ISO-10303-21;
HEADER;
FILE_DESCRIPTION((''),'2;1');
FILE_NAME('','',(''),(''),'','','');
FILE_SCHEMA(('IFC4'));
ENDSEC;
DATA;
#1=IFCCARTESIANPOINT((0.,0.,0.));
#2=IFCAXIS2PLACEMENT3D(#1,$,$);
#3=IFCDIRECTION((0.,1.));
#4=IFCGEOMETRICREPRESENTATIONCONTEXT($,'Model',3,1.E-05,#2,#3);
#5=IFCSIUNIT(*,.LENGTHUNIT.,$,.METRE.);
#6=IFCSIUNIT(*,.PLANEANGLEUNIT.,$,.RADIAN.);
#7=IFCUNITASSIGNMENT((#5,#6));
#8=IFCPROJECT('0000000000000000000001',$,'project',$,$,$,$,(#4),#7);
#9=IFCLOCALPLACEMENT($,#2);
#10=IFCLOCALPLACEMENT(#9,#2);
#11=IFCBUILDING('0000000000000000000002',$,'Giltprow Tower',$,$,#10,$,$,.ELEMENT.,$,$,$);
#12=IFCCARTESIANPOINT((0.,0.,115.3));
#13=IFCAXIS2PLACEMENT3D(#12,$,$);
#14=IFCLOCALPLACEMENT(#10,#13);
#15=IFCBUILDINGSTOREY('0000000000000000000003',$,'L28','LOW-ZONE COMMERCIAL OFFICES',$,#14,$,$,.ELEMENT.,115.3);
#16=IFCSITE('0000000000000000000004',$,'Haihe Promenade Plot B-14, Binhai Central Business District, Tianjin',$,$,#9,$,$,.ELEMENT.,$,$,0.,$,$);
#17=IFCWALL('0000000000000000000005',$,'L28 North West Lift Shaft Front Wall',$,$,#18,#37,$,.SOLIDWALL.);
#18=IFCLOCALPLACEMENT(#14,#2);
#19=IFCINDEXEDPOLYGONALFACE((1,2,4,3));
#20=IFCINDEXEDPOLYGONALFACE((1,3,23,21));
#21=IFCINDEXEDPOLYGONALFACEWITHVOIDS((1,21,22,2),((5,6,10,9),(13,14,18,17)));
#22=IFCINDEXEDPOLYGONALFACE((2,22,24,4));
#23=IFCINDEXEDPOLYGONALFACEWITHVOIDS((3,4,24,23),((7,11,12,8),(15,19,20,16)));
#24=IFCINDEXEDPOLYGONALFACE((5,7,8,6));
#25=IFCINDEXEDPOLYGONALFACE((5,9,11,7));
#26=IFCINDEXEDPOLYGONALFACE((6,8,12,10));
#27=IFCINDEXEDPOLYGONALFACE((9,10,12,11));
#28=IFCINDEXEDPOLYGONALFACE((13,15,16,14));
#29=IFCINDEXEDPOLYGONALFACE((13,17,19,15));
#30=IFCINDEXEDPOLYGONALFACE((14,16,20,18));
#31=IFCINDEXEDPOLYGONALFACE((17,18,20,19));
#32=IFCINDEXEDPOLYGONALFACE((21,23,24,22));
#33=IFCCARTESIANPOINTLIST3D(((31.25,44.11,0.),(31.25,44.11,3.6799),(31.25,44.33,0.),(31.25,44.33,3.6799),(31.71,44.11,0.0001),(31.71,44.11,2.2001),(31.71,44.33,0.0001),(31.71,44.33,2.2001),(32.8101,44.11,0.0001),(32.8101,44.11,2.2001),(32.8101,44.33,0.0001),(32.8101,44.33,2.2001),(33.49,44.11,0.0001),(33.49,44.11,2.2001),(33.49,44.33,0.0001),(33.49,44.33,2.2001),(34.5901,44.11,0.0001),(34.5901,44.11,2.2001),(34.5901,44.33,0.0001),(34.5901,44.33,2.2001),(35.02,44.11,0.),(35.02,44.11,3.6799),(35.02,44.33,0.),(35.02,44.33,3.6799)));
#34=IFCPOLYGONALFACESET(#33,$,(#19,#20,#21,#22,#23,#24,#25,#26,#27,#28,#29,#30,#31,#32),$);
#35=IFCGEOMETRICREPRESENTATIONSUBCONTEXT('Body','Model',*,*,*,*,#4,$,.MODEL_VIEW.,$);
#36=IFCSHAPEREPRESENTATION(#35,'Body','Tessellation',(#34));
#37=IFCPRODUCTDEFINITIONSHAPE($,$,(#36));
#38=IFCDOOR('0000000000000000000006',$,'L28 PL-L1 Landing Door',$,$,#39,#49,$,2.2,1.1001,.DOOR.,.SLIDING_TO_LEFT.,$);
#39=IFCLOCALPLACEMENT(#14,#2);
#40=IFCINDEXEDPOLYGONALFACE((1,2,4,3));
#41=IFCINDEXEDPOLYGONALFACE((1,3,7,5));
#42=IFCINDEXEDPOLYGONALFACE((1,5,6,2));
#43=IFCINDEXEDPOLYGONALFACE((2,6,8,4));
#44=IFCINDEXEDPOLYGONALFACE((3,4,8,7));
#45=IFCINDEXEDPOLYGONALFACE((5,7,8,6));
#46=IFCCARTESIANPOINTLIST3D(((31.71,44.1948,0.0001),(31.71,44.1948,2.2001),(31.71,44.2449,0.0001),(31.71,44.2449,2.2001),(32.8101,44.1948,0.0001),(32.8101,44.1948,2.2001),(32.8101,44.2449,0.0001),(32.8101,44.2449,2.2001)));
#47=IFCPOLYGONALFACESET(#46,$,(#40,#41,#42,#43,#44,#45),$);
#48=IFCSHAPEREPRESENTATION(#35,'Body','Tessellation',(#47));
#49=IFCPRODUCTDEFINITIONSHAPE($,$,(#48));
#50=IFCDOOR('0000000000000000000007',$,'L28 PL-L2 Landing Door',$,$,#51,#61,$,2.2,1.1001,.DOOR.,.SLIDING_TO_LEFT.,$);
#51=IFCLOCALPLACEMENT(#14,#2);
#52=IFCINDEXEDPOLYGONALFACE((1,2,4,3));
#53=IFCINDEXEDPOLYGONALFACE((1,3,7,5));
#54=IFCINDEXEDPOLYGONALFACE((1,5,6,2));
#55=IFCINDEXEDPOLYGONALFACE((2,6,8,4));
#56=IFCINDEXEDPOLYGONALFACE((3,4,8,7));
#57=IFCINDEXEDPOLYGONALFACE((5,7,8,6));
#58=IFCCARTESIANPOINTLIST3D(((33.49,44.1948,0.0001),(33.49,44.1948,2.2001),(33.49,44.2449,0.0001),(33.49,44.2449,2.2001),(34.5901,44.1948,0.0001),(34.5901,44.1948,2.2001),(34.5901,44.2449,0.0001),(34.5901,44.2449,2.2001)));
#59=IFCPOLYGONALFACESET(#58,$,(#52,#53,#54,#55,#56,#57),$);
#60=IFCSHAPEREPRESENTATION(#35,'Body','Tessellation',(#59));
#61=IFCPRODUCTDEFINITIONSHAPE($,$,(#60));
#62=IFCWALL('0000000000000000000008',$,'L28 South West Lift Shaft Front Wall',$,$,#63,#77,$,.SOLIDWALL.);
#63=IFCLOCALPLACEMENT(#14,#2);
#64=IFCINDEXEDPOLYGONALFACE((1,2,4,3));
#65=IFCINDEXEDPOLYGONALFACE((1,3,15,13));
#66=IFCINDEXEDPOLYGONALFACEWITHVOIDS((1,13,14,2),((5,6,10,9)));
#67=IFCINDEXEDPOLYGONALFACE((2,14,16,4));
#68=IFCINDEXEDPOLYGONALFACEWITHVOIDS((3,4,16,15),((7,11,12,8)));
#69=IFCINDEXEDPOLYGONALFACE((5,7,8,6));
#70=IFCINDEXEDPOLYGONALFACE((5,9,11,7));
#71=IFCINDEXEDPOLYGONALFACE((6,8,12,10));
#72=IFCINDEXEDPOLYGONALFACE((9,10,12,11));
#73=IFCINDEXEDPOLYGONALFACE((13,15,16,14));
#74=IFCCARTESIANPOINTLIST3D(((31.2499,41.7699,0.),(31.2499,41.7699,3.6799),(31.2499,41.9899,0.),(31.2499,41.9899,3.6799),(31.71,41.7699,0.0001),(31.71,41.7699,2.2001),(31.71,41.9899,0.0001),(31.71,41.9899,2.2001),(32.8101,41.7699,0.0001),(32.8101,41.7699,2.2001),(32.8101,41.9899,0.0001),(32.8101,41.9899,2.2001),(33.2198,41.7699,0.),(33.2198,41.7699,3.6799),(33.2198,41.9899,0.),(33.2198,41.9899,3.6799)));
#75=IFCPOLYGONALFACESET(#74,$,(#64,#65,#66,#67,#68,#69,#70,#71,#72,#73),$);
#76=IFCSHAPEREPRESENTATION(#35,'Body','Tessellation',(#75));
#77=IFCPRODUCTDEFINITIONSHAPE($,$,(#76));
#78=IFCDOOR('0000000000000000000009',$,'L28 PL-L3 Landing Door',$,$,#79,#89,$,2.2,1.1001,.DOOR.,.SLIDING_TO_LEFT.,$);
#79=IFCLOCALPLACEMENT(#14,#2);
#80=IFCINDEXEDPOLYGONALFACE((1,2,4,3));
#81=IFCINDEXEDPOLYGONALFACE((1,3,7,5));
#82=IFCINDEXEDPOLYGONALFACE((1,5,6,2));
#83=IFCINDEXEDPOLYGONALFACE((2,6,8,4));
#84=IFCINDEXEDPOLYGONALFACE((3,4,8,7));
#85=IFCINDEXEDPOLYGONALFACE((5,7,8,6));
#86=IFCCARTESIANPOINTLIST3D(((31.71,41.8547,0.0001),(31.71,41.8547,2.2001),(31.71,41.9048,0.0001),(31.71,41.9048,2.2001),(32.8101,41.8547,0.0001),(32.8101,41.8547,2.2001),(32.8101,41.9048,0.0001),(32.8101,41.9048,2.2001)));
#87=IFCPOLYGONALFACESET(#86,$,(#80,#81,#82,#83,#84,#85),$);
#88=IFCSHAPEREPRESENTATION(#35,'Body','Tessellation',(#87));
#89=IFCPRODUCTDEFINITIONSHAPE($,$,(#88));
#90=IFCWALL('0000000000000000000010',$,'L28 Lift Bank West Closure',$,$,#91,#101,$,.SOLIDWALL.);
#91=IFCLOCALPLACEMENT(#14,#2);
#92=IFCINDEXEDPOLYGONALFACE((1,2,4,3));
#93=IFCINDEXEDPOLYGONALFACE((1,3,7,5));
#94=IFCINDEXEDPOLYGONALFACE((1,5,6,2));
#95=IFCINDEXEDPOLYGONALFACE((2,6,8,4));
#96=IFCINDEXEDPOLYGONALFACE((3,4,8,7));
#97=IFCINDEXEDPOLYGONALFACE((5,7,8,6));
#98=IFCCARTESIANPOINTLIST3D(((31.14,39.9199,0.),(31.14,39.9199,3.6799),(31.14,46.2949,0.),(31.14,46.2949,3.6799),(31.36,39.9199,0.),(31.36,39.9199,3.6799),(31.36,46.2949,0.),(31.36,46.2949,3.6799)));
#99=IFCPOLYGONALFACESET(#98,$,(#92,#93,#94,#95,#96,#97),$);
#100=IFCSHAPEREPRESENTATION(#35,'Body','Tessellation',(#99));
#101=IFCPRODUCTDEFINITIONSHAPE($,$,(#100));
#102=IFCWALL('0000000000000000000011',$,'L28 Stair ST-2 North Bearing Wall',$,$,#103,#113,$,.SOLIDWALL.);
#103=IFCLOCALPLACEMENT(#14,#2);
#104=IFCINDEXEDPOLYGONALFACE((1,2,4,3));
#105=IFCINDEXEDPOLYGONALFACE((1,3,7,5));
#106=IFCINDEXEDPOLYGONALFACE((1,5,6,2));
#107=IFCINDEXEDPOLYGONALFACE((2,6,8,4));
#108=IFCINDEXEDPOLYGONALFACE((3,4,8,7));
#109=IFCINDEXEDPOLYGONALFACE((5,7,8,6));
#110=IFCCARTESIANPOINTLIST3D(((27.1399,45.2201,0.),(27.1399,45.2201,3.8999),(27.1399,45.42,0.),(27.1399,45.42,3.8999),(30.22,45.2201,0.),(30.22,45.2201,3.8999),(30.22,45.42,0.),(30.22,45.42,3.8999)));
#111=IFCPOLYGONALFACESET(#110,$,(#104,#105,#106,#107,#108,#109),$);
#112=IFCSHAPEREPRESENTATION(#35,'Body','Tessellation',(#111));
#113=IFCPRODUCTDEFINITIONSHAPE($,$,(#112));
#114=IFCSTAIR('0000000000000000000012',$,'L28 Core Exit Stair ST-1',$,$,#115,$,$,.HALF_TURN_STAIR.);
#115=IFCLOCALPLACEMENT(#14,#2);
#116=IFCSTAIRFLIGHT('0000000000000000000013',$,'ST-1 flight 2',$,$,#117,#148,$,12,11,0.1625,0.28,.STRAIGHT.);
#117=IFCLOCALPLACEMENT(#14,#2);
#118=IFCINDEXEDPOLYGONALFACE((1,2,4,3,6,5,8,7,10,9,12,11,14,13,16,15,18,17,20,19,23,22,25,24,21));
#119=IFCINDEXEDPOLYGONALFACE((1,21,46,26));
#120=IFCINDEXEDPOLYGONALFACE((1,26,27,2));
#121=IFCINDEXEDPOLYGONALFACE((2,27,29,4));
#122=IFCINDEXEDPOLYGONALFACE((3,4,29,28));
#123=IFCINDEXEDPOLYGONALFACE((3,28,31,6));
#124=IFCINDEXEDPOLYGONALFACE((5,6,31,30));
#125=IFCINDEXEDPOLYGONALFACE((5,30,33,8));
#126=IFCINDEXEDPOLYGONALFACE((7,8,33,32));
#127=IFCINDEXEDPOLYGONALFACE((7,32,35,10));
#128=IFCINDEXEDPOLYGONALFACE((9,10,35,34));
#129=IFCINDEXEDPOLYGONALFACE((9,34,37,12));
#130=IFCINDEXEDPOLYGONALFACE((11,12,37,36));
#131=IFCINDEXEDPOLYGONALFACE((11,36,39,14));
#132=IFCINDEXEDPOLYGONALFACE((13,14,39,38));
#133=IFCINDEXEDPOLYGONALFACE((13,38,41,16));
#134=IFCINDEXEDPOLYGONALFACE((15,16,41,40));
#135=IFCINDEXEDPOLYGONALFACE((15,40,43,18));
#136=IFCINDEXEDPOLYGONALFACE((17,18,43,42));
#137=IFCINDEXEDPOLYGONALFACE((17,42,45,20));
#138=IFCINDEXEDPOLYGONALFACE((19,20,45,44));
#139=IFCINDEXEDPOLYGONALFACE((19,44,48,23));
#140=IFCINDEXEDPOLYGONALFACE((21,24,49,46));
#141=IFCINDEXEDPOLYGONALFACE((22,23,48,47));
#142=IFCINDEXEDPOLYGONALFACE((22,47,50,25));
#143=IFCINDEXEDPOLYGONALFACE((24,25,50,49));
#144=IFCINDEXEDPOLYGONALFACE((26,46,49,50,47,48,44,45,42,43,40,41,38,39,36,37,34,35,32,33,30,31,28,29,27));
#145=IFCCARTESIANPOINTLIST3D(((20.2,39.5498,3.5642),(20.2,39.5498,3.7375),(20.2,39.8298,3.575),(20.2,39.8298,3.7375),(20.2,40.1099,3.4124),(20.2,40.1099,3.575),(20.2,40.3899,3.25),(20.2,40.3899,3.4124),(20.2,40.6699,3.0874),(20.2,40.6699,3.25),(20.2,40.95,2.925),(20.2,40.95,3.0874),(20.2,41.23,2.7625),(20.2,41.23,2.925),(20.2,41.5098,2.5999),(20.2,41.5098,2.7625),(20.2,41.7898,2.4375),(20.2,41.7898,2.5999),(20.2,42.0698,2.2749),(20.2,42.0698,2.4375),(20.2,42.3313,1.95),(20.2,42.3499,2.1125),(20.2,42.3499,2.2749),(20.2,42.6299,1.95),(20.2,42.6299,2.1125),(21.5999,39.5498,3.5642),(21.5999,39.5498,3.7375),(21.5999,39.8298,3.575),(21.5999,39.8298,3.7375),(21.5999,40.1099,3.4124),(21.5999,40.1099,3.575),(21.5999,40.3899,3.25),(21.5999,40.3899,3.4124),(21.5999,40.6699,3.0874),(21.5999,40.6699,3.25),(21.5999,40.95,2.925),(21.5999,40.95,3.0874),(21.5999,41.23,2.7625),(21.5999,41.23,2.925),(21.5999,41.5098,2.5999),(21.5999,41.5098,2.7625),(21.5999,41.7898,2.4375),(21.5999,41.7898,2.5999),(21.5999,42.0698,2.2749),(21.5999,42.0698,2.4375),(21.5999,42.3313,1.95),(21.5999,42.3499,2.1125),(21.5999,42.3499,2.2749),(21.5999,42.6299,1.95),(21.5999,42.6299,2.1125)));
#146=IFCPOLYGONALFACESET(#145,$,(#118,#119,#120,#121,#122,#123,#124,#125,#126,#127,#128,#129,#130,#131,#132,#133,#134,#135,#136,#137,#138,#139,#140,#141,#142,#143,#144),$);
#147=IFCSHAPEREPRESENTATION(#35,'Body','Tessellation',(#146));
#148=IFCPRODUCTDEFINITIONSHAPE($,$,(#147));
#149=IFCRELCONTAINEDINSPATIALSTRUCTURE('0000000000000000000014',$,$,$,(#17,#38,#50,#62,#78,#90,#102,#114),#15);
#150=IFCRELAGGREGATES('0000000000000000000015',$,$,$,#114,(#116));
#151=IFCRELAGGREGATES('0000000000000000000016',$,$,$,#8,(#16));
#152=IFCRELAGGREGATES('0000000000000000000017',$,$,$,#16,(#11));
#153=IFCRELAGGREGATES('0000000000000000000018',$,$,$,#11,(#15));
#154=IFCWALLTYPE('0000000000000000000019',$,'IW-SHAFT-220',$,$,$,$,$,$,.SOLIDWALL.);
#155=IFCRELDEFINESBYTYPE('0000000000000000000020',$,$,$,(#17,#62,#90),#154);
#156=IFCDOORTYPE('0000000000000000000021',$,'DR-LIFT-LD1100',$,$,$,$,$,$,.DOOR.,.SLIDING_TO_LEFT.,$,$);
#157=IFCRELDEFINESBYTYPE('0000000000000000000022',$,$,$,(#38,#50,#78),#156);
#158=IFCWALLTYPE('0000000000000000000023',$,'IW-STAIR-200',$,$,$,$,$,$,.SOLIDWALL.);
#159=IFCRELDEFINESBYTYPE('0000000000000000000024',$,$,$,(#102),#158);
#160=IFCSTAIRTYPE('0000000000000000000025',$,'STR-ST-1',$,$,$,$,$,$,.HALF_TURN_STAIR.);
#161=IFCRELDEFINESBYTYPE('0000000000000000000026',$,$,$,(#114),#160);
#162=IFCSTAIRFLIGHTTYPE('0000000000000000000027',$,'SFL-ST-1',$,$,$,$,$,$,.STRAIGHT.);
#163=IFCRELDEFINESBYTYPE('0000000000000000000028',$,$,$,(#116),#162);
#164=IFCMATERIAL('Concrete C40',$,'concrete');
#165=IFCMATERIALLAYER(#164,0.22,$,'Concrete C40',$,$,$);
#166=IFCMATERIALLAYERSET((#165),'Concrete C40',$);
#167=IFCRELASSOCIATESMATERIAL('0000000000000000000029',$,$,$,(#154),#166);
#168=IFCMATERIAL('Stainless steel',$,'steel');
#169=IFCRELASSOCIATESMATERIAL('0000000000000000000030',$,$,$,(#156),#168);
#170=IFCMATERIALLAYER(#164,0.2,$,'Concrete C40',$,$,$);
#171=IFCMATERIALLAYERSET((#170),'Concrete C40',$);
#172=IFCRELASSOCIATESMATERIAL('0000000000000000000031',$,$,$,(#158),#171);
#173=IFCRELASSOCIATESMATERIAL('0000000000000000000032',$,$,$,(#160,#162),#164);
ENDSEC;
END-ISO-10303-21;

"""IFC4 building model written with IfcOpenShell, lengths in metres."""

from ifc_helpers import new_model, si_unit, direction, frame, frame_2d, origin, place, context, subcontext, project, spatial, polyline, rectangle, outline, extrude, source, transform, mapped, material, layer, layer_set, type_object, element, fill, aggregate, save


model = new_model("IFC4")

# Units and contexts
model_context = context("Model", 3, precision=1e-05, world=origin(), true_north=direction((0.0, 1.0)))
body_context = subcontext(model_context, "Body", "Model", "MODEL_VIEW")
ifc_project = project(units=[si_unit("LENGTHUNIT", "METRE"), si_unit("PLANEANGLEUNIT", "RADIAN")], contexts=[model_context])

# Site, building, storey
site_placement = place(None, origin())
site = spatial("IfcSite", under=ifc_project, at=site_placement, Name="Haihe Promenade Plot B-14, Binhai Central Business District, Tianjin", CompositionType="ELEMENT", RefElevation=0.0)
building_placement = place(site_placement, origin())
building = spatial("IfcBuilding", under=site, at=building_placement, Name="Giltprow Tower", CompositionType="ELEMENT")
storey_placement = place(building_placement, frame((0.0, 0.0, 115.3)))
storey = spatial("IfcBuildingStorey", under=building, at=storey_placement, Name="L28", Description="LOW-ZONE COMMERCIAL OFFICES", CompositionType="ELEMENT", Elevation=115.3)

# Shared definitions
ifc_material_1 = material(Name="Concrete C40", Category="concrete")
ifc_layer_1 = layer(ifc_material_1, 0.22, Name="Concrete C40")
ifc_layer_set_1 = layer_set([ifc_layer_1], Name="Concrete C40")
wall_type_1 = type_object("IfcWallType", Name="IW-SHAFT-220", PredefinedType="SOLIDWALL", material=ifc_layer_set_1)
ifc_material_2 = material(Name="Stainless steel", Category="steel")
door_type = type_object("IfcDoorType", Name="DR-LIFT-LD1100", OperationType="SLIDING_TO_LEFT", PredefinedType="DOOR", material=ifc_material_2)
shared_shape_1 = source(origin(), body_context, "Body", "SweptSolid", [
    extrude(rectangle(XDim=1.1001, YDim=2.2, at=frame_2d((0.55, 1.1001))), frame((0.0, 0.0249, 0.0), z_axis=(0.0, -1.0, 0.0), x_axis=(1.0, 0.0, 0.0)), (0.0, 0.0, 1.0), 0.05),
])

# Wall, openings, doors
wall_1_placement = place(storey_placement, frame((31.25, 44.22, 0.0), z_axis=(0.0, 0.0, 1.0), x_axis=(1.0, 0.0, 0.0)))
wall_1 = element("IfcWall", 1, at=wall_1_placement, inside=storey, type_object=wall_type_1, Name="L28 North West Lift Shaft Front Wall", PredefinedType="SOLIDWALL", context=body_context, shape_type="SweptSolid", body=[
    extrude(rectangle(XDim=3.77, YDim=0.22, at=frame_2d((1.885, 0.0))), origin(), (0.0, 0.0, 1.0), 3.6799),
])
opening_1_placement = place(wall_1_placement, frame((0.46, 0.0, 0.0)))
opening_1 = element("IfcOpeningElement", 2, at=opening_1_placement, cuts=wall_1, PredefinedType="OPENING", context=body_context, shape_type="SweptSolid", body=[
    extrude(rectangle(XDim=1.1001, YDim=2.2, at=frame_2d((0.55, 1.1001))), frame((0.0, 0.1199, 0.0), z_axis=(0.0, -1.0, 0.0), x_axis=(1.0, 0.0, 0.0)), (0.0, 0.0, 1.0), 0.24),
])
opening_2_placement = place(wall_1_placement, frame((2.24, 0.0, 0.0)))
opening_2 = element("IfcOpeningElement", 3, at=opening_2_placement, cuts=wall_1, PredefinedType="OPENING", context=body_context, shape_type="SweptSolid", body=[
    extrude(rectangle(XDim=1.1001, YDim=2.2, at=frame_2d((0.55, 1.1001))), frame((0.0, 0.1199, 0.0), z_axis=(0.0, -1.0, 0.0), x_axis=(1.0, 0.0, 0.0)), (0.0, 0.0, 1.0), 0.24),
])
door_1_placement = place(opening_1_placement, origin())
door_1 = element("IfcDoor", 4, at=door_1_placement, inside=storey, type_object=door_type, Name="L28 PL-L1 Landing Door", OperationType="SLIDING_TO_LEFT", OverallHeight=2.2, OverallWidth=1.1001, PredefinedType="DOOR", context=body_context, shape_type="MappedRepresentation", body=[
    mapped(shared_shape_1, transform((0.0, 0.0, 0.0), x_axis=(1.0, 0.0, 0.0), y_axis=(0.0, 1.0, 0.0), z_axis=(0.0, 0.0, 1.0), scale=1.0)),
])
fill(opening_1, door_1)
door_2_placement = place(opening_2_placement, origin())
door_2 = element("IfcDoor", 5, at=door_2_placement, inside=storey, type_object=door_type, Name="L28 PL-L2 Landing Door", OperationType="SLIDING_TO_LEFT", OverallHeight=2.2, OverallWidth=1.1001, PredefinedType="DOOR", context=body_context, shape_type="MappedRepresentation", body=[
    mapped(shared_shape_1, transform((0.0, 0.0, 0.0), x_axis=(1.0, 0.0, 0.0), y_axis=(0.0, 1.0, 0.0), z_axis=(0.0, 0.0, 1.0), scale=1.0)),
])
fill(opening_2, door_2)

# Wall, opening, door
wall_2_placement = place(storey_placement, frame((31.25, 41.8799, 0.0), z_axis=(0.0, 0.0, 1.0), x_axis=(1.0, 0.0, 0.0)))
wall_2 = element("IfcWall", 6, at=wall_2_placement, inside=storey, type_object=wall_type_1, Name="L28 South West Lift Shaft Front Wall", PredefinedType="SOLIDWALL", context=body_context, shape_type="SweptSolid", body=[
    extrude(rectangle(XDim=1.97, YDim=0.22, at=frame_2d((0.9849, 0.0))), origin(), (0.0, 0.0, 1.0), 3.6799),
])
opening_3_placement = place(wall_2_placement, frame((0.46, 0.0, 0.0)))
opening_3 = element("IfcOpeningElement", 7, at=opening_3_placement, cuts=wall_2, PredefinedType="OPENING", context=body_context, shape_type="SweptSolid", body=[
    extrude(rectangle(XDim=1.1001, YDim=2.2, at=frame_2d((0.55, 1.1001))), frame((0.0, 0.1199, 0.0), z_axis=(0.0, -1.0, 0.0), x_axis=(1.0, 0.0, 0.0)), (0.0, 0.0, 1.0), 0.24),
])
door_3_placement = place(opening_3_placement, origin())
door_3 = element("IfcDoor", 8, at=door_3_placement, inside=storey, type_object=door_type, Name="L28 PL-L3 Landing Door", OperationType="SLIDING_TO_LEFT", OverallHeight=2.2, OverallWidth=1.1001, PredefinedType="DOOR", context=body_context, shape_type="MappedRepresentation", body=[
    mapped(shared_shape_1, transform((0.0, 0.0, 0.0), x_axis=(1.0, 0.0, 0.0), y_axis=(0.0, 1.0, 0.0), z_axis=(0.0, 0.0, 1.0), scale=1.0)),
])
fill(opening_3, door_3)

# Walls
wall_3_placement = place(storey_placement, frame((31.25, 39.9199, 0.0), z_axis=(0.0, 0.0, 1.0), x_axis=(0.0, 1.0, 0.0)))
element("IfcWall", 9, at=wall_3_placement, inside=storey, type_object=wall_type_1, Name="L28 Lift Bank West Closure", PredefinedType="SOLIDWALL", context=body_context, shape_type="SweptSolid", body=[
    extrude(rectangle(XDim=6.375, YDim=0.22, at=frame_2d((3.1875, 0.0))), origin(), (0.0, 0.0, 1.0), 3.6799),
])
ifc_layer_2 = layer(ifc_material_1, 0.2, Name="Concrete C40")
ifc_layer_set_2 = layer_set([ifc_layer_2], Name="Concrete C40")
wall_type_2 = type_object("IfcWallType", Name="IW-STAIR-200", PredefinedType="SOLIDWALL", material=ifc_layer_set_2)
wall_4_placement = place(storey_placement, frame((27.1399, 45.3201, 0.0), z_axis=(0.0, 0.0, 1.0), x_axis=(1.0, 0.0, 0.0)))
element("IfcWall", 10, at=wall_4_placement, inside=storey, type_object=wall_type_2, Name="L28 Stair ST-2 North Bearing Wall", PredefinedType="SOLIDWALL", context=body_context, shape_type="SweptSolid", body=[
    extrude(rectangle(XDim=3.0801, YDim=0.2, at=frame_2d((1.54, 0.0))), origin(), (0.0, 0.0, 1.0), 3.8999),
])

# Stair, stair flight
stair_type_1 = type_object("IfcStairType", Name="STR-ST-1", PredefinedType="HALF_TURN_STAIR", material=ifc_material_1)
stair_1_placement = place(storey_placement, origin())
stair_1 = element("IfcStair", 11, at=stair_1_placement, inside=storey, type_object=stair_type_1, Name="L28 Core Exit Stair ST-1", PredefinedType="HALF_TURN_STAIR")
stair_flight_type_1 = type_object("IfcStairFlightType", Name="SFL-ST-1", PredefinedType="STRAIGHT", material=ifc_material_1)
stair_flight_1_placement = place(storey_placement, frame((20.8999, 42.6299, 1.95), z_axis=(0.0, 0.0, 1.0), x_axis=(0.0, -1.0, 0.0)))
stair_flight_1 = element("IfcStairFlight", 12, at=stair_flight_1_placement, type_object=stair_flight_type_1, Name="ST-1 flight 2", NumberOfRisers=12, NumberOfTreads=11, PredefinedType="STRAIGHT", RiserHeight=0.1625, TreadLength=0.28, context=body_context, shape_type="SweptSolid", body=[
    extrude(outline(polyline([(0.0, 0.0), (0.0, 0.1626), (0.28, 0.1626), (0.28, 0.325), (0.5601, 0.325), (0.5601, 0.4875), (0.8401, 0.4875), (0.8401, 0.6499), (1.1201, 0.6499), (1.1201, 0.8125), (1.3999, 0.8125), (1.3999, 0.9751), (1.6799, 0.9751), (1.6799, 1.1375), (1.96, 1.1375), (1.96, 1.3), (2.24, 1.3), (2.24, 1.4624), (2.52, 1.4624), (2.52, 1.625), (2.8, 1.625), (2.8, 1.7876), (3.0801, 1.7876), (3.0801, 1.95), (3.0801, 1.6143), (0.2986, 0.0), (0.0, 0.0)])), frame((0.0, 0.7, 0.0), z_axis=(0.0, -1.0, 0.0), x_axis=(1.0, 0.0, 0.0)), (0.0, 0.0, 1.0), 1.3999),
])
aggregate(stair_1, [stair_flight_1])

save(model, "model.ifc")
